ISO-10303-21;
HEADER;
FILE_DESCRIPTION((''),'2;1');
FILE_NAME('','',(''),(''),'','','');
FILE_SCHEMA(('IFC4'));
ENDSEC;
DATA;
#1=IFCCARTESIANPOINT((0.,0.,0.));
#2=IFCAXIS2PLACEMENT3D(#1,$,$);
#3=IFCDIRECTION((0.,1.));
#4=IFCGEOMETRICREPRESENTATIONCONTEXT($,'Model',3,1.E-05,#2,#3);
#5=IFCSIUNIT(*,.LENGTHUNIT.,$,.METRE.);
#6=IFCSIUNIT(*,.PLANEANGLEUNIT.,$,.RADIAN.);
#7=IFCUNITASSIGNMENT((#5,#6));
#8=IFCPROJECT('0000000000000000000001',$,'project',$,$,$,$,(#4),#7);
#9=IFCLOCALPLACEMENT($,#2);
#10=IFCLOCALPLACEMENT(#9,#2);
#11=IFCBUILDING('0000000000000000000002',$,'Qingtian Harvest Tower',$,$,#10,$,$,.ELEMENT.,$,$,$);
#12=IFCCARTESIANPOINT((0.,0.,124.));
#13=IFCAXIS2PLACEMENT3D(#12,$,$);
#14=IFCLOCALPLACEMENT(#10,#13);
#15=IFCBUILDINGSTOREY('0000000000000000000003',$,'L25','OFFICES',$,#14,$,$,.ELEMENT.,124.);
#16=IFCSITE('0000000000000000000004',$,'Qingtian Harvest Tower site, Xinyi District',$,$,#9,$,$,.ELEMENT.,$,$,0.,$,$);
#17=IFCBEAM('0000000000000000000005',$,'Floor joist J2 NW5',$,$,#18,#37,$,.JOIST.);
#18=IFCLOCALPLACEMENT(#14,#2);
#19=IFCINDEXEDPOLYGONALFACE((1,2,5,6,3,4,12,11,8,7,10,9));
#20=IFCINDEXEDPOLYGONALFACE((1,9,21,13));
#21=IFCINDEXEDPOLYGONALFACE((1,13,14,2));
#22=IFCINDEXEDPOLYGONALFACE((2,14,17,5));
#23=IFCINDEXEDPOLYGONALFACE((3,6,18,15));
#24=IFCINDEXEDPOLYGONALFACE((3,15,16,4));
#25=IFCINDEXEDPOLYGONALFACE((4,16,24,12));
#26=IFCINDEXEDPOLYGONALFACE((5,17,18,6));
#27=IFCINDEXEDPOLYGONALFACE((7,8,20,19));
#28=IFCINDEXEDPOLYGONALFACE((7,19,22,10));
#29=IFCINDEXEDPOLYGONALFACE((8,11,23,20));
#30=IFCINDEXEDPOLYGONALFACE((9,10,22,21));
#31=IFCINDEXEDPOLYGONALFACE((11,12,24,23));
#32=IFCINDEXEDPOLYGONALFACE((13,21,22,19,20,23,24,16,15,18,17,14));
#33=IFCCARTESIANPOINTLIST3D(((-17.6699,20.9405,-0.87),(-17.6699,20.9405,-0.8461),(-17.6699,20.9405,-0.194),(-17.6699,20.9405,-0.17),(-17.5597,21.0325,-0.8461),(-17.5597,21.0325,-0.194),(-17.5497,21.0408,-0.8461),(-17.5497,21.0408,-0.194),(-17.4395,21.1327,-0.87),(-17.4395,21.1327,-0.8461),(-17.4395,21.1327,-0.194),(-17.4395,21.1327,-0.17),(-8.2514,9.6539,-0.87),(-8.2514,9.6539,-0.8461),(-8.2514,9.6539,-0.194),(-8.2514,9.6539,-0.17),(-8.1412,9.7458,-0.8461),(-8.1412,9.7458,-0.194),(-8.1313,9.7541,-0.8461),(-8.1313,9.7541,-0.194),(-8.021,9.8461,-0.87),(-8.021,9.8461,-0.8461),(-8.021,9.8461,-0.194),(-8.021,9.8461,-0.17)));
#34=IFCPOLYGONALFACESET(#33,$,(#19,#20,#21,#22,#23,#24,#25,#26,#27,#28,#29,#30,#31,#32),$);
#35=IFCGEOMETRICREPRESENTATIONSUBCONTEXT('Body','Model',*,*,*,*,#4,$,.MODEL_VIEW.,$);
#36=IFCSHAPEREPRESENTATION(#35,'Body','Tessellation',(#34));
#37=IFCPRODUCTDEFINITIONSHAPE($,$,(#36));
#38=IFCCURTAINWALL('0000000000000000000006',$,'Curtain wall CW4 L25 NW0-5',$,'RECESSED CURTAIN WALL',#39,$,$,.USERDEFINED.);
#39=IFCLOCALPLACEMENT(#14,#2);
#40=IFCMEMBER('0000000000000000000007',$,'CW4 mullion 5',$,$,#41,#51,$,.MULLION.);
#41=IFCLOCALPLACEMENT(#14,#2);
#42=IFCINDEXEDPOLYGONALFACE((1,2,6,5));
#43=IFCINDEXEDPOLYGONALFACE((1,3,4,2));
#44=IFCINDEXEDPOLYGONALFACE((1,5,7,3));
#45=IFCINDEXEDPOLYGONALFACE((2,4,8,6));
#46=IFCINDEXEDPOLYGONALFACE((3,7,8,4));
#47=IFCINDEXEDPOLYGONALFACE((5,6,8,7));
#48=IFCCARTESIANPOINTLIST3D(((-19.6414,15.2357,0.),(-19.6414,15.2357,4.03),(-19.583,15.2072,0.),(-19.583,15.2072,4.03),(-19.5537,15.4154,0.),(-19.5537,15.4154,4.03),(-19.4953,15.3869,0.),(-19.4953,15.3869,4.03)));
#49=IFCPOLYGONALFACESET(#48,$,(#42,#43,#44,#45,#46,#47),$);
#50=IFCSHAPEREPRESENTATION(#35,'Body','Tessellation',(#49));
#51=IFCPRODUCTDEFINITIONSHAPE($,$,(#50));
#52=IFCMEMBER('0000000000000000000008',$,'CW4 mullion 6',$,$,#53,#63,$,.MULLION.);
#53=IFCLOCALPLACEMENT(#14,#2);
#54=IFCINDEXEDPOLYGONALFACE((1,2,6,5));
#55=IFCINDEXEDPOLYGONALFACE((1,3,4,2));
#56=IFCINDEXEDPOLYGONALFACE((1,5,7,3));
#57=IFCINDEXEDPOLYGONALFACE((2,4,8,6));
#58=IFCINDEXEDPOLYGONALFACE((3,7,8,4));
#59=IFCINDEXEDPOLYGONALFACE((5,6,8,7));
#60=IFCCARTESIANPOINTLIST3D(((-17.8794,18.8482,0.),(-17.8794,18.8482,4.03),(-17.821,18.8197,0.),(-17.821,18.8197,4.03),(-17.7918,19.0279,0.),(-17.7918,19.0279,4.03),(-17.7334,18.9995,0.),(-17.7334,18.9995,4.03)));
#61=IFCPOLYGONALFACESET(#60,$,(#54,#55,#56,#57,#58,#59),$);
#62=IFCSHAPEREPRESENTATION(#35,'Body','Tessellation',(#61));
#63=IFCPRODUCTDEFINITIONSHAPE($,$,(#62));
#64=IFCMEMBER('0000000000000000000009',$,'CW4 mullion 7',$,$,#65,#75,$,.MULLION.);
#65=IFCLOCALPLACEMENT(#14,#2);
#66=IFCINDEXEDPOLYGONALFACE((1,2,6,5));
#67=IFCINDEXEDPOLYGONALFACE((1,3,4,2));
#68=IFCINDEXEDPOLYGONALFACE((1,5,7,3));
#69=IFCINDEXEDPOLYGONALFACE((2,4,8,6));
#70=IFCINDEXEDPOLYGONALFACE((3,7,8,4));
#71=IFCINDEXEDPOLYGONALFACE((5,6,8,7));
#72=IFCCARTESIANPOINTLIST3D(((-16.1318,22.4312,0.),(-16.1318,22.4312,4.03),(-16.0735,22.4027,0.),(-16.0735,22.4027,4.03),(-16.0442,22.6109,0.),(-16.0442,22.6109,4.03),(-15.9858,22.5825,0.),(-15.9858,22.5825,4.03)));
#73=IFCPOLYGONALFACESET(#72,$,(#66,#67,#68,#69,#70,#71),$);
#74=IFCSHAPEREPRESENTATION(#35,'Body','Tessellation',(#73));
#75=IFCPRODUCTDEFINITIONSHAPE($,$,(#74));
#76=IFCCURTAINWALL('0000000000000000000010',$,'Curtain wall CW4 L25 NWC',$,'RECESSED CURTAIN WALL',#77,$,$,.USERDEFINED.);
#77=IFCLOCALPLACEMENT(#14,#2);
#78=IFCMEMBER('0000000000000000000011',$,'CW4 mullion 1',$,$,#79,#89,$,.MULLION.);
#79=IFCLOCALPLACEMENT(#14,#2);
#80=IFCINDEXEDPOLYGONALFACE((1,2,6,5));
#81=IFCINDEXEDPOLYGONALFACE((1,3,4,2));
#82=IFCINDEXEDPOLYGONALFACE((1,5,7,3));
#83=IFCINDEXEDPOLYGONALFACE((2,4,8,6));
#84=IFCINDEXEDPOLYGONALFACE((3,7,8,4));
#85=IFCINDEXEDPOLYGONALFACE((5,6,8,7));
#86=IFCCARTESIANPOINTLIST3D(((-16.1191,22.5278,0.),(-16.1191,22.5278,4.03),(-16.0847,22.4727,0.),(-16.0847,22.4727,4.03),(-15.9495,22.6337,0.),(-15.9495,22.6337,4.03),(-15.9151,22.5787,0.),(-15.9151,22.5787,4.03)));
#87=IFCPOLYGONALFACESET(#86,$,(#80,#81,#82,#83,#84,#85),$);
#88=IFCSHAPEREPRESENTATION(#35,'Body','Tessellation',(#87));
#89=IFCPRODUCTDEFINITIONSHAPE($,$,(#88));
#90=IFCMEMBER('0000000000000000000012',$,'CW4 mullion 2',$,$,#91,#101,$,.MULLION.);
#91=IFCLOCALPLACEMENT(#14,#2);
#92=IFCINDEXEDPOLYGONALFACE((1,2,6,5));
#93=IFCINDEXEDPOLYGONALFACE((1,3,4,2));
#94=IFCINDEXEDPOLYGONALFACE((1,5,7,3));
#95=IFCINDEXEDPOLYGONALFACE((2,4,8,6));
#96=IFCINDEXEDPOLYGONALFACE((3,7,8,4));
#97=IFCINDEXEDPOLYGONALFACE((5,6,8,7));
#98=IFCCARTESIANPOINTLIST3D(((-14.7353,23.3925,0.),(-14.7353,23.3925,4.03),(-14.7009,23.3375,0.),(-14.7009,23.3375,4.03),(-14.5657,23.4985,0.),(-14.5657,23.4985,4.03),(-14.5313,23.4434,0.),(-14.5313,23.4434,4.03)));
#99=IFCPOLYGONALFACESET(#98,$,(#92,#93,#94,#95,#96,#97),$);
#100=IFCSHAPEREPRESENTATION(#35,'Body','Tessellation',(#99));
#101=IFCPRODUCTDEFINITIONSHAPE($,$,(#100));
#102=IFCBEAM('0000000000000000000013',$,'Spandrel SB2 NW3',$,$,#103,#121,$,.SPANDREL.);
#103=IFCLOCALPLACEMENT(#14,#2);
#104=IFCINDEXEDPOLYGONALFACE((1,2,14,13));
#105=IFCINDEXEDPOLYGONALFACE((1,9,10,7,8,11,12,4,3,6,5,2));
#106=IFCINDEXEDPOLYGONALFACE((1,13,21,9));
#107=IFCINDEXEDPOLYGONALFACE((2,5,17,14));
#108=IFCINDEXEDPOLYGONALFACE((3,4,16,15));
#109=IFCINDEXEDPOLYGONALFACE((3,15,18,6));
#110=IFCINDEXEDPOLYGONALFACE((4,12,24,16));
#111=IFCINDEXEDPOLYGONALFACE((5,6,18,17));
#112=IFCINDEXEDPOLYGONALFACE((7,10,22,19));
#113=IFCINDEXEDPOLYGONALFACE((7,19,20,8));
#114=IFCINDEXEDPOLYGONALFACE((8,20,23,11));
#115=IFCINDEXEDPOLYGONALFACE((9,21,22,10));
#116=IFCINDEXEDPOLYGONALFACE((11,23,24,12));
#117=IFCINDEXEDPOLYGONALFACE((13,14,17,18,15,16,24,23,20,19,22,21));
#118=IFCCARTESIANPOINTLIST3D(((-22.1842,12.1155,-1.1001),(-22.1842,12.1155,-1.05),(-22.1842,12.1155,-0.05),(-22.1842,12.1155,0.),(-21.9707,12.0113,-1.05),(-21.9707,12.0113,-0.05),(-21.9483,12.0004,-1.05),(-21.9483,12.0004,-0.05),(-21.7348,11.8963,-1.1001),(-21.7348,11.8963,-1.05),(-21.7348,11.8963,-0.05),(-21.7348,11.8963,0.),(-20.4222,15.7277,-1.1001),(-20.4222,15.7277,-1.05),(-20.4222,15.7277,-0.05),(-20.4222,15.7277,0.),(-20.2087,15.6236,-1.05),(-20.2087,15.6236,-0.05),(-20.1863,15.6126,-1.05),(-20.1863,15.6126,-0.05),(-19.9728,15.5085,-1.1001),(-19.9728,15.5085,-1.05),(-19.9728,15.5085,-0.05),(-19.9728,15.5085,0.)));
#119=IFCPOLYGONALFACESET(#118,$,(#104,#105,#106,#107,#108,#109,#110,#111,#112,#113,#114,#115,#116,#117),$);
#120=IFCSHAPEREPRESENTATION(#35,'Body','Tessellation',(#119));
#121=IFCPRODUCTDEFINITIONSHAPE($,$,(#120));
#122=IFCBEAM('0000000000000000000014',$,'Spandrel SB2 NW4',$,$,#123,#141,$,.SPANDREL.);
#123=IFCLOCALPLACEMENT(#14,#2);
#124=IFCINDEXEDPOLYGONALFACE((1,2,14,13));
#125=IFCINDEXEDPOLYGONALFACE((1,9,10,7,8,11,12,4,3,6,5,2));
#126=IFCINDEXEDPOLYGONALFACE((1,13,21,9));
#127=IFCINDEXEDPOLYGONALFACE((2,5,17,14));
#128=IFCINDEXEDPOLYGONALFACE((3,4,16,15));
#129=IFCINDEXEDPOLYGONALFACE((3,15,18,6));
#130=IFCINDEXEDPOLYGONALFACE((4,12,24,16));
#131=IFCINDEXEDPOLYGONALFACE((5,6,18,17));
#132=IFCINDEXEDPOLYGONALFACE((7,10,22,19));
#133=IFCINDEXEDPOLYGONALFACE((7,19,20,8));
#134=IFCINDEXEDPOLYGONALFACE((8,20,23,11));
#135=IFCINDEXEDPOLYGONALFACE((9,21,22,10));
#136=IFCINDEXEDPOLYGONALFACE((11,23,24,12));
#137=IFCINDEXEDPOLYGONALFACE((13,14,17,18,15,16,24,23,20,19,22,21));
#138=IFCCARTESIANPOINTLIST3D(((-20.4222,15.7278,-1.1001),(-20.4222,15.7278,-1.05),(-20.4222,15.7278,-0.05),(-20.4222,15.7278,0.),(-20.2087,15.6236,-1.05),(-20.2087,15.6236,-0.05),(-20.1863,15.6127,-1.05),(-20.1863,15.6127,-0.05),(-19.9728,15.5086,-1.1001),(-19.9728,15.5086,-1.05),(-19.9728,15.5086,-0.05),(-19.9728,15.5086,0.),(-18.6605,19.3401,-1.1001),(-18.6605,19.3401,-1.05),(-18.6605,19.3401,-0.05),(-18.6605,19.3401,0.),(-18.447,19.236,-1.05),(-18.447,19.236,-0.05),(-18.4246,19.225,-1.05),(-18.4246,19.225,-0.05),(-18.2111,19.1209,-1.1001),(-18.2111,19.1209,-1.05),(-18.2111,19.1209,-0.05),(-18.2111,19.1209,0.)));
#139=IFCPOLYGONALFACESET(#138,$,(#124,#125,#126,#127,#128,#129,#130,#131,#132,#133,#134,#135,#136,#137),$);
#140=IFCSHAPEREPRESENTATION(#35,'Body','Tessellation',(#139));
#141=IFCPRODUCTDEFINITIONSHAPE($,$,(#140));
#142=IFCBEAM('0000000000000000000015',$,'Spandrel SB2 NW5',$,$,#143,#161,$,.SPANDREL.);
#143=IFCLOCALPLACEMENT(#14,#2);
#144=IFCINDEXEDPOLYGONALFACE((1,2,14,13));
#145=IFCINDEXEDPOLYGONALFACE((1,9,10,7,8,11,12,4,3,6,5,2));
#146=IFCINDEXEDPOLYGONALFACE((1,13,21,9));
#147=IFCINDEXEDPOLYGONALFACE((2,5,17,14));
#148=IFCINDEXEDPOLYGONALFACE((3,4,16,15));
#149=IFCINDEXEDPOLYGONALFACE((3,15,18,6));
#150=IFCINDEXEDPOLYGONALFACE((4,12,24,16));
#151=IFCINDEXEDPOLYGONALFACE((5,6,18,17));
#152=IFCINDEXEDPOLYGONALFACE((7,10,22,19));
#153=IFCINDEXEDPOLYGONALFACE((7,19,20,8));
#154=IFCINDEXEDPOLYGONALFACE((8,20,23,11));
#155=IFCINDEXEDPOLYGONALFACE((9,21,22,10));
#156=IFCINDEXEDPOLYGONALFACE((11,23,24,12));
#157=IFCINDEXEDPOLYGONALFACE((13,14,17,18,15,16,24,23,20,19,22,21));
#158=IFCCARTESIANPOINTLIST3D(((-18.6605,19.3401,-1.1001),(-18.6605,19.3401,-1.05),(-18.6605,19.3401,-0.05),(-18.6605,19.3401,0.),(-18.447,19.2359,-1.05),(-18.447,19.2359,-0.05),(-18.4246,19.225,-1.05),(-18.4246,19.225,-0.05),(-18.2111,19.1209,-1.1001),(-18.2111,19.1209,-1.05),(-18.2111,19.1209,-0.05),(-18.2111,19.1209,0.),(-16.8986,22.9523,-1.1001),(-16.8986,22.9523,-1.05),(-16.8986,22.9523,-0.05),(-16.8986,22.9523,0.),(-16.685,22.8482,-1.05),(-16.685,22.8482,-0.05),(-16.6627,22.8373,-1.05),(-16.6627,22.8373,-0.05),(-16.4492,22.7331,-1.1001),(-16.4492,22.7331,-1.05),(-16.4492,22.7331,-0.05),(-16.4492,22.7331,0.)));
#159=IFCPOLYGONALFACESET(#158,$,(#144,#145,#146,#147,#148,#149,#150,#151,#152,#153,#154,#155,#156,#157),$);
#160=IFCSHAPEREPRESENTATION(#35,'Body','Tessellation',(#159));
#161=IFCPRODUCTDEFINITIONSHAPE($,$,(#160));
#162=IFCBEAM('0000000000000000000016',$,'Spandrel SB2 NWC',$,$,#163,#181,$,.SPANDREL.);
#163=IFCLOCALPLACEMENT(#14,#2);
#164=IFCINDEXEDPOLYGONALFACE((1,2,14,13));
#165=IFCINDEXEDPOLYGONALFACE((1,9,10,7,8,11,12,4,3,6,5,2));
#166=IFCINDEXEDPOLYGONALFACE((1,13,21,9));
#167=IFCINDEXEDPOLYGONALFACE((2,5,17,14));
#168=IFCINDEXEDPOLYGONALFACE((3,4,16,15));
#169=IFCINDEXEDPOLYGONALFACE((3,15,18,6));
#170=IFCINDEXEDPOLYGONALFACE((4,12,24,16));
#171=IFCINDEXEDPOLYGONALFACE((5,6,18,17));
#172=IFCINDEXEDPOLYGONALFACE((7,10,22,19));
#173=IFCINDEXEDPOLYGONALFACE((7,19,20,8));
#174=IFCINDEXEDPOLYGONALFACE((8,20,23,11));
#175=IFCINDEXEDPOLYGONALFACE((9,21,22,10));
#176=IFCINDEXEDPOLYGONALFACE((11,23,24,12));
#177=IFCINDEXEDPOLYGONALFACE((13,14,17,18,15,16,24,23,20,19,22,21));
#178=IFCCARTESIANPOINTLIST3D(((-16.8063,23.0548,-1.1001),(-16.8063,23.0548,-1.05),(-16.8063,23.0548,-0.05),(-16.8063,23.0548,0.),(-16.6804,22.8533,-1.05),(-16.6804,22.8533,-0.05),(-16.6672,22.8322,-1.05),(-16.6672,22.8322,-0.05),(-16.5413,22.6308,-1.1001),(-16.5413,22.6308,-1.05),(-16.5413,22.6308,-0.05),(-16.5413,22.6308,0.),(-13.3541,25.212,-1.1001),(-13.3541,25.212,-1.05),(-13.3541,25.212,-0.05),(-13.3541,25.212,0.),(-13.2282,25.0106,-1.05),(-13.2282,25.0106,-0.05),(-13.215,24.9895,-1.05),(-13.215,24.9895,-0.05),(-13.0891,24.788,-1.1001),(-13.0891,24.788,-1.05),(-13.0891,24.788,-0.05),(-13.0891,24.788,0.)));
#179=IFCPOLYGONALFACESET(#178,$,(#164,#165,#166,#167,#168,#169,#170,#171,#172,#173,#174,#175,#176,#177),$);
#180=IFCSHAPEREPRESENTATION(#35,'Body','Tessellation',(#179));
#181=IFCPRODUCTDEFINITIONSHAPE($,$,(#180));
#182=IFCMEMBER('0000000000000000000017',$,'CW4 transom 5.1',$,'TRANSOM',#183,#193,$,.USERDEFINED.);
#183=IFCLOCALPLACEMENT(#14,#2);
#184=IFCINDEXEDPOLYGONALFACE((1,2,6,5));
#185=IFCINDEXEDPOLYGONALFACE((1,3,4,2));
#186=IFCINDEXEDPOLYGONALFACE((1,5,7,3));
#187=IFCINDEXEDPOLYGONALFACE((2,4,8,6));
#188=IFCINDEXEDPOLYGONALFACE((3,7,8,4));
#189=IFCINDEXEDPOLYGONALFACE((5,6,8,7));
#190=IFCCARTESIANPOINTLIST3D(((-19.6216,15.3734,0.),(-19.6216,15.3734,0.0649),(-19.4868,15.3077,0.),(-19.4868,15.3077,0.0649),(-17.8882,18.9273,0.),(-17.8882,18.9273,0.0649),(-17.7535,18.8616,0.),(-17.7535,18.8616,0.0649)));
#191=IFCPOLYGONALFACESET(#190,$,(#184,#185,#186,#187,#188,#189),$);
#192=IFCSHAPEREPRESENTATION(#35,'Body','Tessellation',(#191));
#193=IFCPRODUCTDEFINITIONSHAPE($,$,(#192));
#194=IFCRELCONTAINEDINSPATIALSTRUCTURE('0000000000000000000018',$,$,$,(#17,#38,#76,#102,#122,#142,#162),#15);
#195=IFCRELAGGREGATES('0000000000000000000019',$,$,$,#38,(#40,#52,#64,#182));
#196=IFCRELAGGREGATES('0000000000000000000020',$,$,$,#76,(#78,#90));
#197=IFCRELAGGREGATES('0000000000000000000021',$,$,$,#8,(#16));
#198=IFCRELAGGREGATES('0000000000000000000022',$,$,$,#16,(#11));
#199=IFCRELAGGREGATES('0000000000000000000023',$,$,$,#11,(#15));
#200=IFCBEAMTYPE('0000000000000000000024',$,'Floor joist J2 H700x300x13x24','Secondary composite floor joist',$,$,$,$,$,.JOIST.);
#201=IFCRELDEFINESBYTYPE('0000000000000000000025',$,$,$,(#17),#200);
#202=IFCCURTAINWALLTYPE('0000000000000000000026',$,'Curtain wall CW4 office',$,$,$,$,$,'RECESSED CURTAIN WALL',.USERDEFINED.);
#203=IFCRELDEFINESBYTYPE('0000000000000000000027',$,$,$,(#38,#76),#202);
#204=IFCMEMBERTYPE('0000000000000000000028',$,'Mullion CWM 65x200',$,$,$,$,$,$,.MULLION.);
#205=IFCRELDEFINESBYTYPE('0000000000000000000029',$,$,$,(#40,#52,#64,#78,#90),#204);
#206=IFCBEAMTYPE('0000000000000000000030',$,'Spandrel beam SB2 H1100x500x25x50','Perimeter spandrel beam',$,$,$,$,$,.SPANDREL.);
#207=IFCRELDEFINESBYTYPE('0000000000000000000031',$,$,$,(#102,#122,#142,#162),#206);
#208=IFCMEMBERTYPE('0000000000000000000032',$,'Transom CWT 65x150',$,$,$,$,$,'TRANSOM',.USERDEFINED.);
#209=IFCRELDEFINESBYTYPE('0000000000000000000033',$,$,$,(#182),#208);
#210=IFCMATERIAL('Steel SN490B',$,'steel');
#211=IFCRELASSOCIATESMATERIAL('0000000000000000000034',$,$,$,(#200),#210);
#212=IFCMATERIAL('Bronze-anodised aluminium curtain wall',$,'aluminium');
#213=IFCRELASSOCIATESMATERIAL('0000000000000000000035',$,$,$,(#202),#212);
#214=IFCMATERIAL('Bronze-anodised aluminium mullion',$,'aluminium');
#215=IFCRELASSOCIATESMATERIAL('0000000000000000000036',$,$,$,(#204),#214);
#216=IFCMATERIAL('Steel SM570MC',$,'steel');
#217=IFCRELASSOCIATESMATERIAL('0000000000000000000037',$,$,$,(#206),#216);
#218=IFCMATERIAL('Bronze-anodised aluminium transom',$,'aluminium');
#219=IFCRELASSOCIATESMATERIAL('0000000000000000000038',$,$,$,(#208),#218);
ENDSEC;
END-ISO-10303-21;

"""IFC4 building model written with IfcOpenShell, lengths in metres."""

from ifc_helpers import new_model, si_unit, direction, frame, origin, origin_2d, place, context, subcontext, project, spatial, rectangle, i_section, extrude, material, material_profile, profile_set, type_object, element, aggregate, save


model = new_model("IFC4")

# Units and contexts
model_context = context("Model", 3, precision=1e-05, world=origin(), true_north=direction((0.0, 1.0)))
body_context = subcontext(model_context, "Body", "Model", "MODEL_VIEW")
ifc_project = project(units=[si_unit("LENGTHUNIT", "METRE"), si_unit("PLANEANGLEUNIT", "RADIAN")], contexts=[model_context])

# Site, building, storey
site_placement = place(None, origin())
site = spatial("IfcSite", under=ifc_project, at=site_placement, Name="Qingtian Harvest Tower site, Xinyi District", CompositionType="ELEMENT", RefElevation=0.0)
building_placement = place(site_placement, origin())
building = spatial("IfcBuilding", under=site, at=building_placement, Name="Qingtian Harvest Tower", CompositionType="ELEMENT")
storey_placement = place(building_placement, frame((0.0, 0.0, 124.0)))
storey = spatial("IfcBuildingStorey", under=building, at=storey_placement, Name="L25", Description="OFFICES", CompositionType="ELEMENT", Elevation=124.0)

# Beam
ifc_material_1 = material(Name="Steel SN490B", Category="steel")
ifc_material_profile_1 = material_profile(ifc_material_1, i_section(OverallWidth=0.3, OverallDepth=0.7, WebThickness=0.0129, FlangeThickness=0.0239, at=origin_2d()), Name="H700x300x13x24")
ifc_profile_set_1 = profile_set([ifc_material_profile_1], Name="Steel SN490B")
beam_type_1 = type_object("IfcBeamType", Name="Floor joist J2 H700x300x13x24", Description="Secondary composite floor joist", PredefinedType="JOIST", material=ifc_profile_set_1)
beam_1_placement = place(storey_placement, frame((-17.5547, 21.0366, -0.52), z_axis=(0.640704, -0.767788, 0.0), x_axis=(0.767788, 0.640704, 0.0)))
element("IfcBeam", 1, at=beam_1_placement, inside=storey, type_object=beam_type_1, Name="Floor joist J2 NW5", PredefinedType="JOIST", context=body_context, shape_type="SweptSolid", body=[
    extrude(i_section(OverallWidth=0.3, OverallDepth=0.7, WebThickness=0.0129, FlangeThickness=0.0239, at=origin_2d()), origin(), (0.0, 0.0, 1.0), 14.7002),
])

# Curtain walls, members
ifc_material_2 = material(Name="Bronze-anodised aluminium curtain wall", Category="aluminium")
curtain_wall_type = type_object("IfcCurtainWallType", Name="Curtain wall CW4 office", ElementType="RECESSED CURTAIN WALL", PredefinedType="USERDEFINED", material=ifc_material_2)
curtain_wall_1_placement = place(storey_placement, origin())
curtain_wall_1 = element("IfcCurtainWall", 2, at=curtain_wall_1_placement, inside=storey, type_object=curtain_wall_type, Name="Curtain wall CW4 L25 NW0-5", ObjectType="RECESSED CURTAIN WALL", PredefinedType="USERDEFINED")
ifc_material_3 = material(Name="Bronze-anodised aluminium mullion", Category="aluminium")
ifc_material_profile_2 = material_profile(ifc_material_3, rectangle(XDim=0.0649, YDim=0.2, at=origin_2d()), Name="AL 65x200")
ifc_profile_set_2 = profile_set([ifc_material_profile_2], Name="Bronze-anodised aluminium mullion")
member_type_1 = type_object("IfcMemberType", Name="Mullion CWM 65x200", PredefinedType="MULLION", material=ifc_profile_set_2)
member_1_placement = place(storey_placement, frame((-19.5684, 15.3113, 0.0), z_axis=(0.0, 0.0, 1.0), x_axis=(-0.898794, 0.438371, 0.0)))
member_1 = element("IfcMember", 3, at=member_1_placement, type_object=member_type_1, Name="CW4 mullion 5", PredefinedType="MULLION", context=body_context, shape_type="SweptSolid", body=[
    extrude(rectangle(XDim=0.0649, YDim=0.2, at=origin_2d()), origin(), (0.0, 0.0, 1.0), 4.03),
])
member_2_placement = place(storey_placement, frame((-17.8064, 18.9238, 0.0), z_axis=(0.0, 0.0, 1.0), x_axis=(-0.898794, 0.438371, 0.0)))
member_2 = element("IfcMember", 4, at=member_2_placement, type_object=member_type_1, Name="CW4 mullion 6", PredefinedType="MULLION", context=body_context, shape_type="SweptSolid", body=[
    extrude(rectangle(XDim=0.0649, YDim=0.2, at=origin_2d()), origin(), (0.0, 0.0, 1.0), 4.03),
])
member_3_placement = place(storey_placement, frame((-16.0588, 22.5068, 0.0), z_axis=(0.0, 0.0, 1.0), x_axis=(-0.898794, 0.438371, 0.0)))
member_3 = element("IfcMember", 5, at=member_3_placement, type_object=member_type_1, Name="CW4 mullion 7", PredefinedType="MULLION", context=body_context, shape_type="SweptSolid", body=[
    extrude(rectangle(XDim=0.0649, YDim=0.2, at=origin_2d()), origin(), (0.0, 0.0, 1.0), 4.03),
])
curtain_wall_2_placement = place(storey_placement, origin())
curtain_wall_2 = element("IfcCurtainWall", 6, at=curtain_wall_2_placement, inside=storey, type_object=curtain_wall_type, Name="Curtain wall CW4 L25 NWC", ObjectType="RECESSED CURTAIN WALL", PredefinedType="USERDEFINED")
member_4_placement = place(storey_placement, frame((-16.0171, 22.5532, 0.0), z_axis=(0.0, 0.0, 1.0), x_axis=(-0.529919, 0.848048, 0.0)))
member_4 = element("IfcMember", 7, at=member_4_placement, type_object=member_type_1, Name="CW4 mullion 1", PredefinedType="MULLION", context=body_context, shape_type="SweptSolid", body=[
    extrude(rectangle(XDim=0.0649, YDim=0.2, at=origin_2d()), origin(), (0.0, 0.0, 1.0), 4.03),
])
member_5_placement = place(storey_placement, frame((-14.6333, 23.418, 0.0), z_axis=(0.0, 0.0, 1.0), x_axis=(-0.529919, 0.848048, 0.0)))
member_5 = element("IfcMember", 8, at=member_5_placement, type_object=member_type_1, Name="CW4 mullion 2", PredefinedType="MULLION", context=body_context, shape_type="SweptSolid", body=[
    extrude(rectangle(XDim=0.0649, YDim=0.2, at=origin_2d()), origin(), (0.0, 0.0, 1.0), 4.03),
])

# Beams
ifc_material_4 = material(Name="Steel SM570MC", Category="steel")
ifc_material_profile_3 = material_profile(ifc_material_4, i_section(OverallWidth=0.5, OverallDepth=1.1001, WebThickness=0.0249, FlangeThickness=0.05, at=origin_2d()), Name="H1100x500x25x50")
ifc_profile_set_3 = profile_set([ifc_material_profile_3], Name="Steel SM570MC")
beam_type_2 = type_object("IfcBeamType", Name="Spandrel beam SB2 H1100x500x25x50", Description="Perimeter spandrel beam", PredefinedType="SPANDREL", material=ifc_profile_set_3)
for number, where, z_axis, x_axis, name in (
    (9, (-21.9595, 12.0059, -0.55), (0.438396, 0.898782, 0.0), (-0.898782, 0.438396, 0.0), "Spandrel SB2 NW3"),
    (10, (-20.1975, 15.6182, -0.55), (0.438347, 0.898806, 0.0), (-0.898806, 0.438347, 0.0), "Spandrel SB2 NW4"),
    (11, (-18.4358, 19.2305, -0.55), (0.438396, 0.898782, 0.0), (-0.898782, 0.438396, 0.0), "Spandrel SB2 NW5"),
):
    element("IfcBeam", number, at=place(storey_placement, frame(where, z_axis=z_axis, x_axis=x_axis)), inside=storey, type_object=beam_type_2, Name=name, PredefinedType="SPANDREL", context=body_context, shape_type="SweptSolid", body=[
        extrude(i_section(OverallWidth=0.5, OverallDepth=1.1001, WebThickness=0.0249, FlangeThickness=0.05, at=origin_2d()), origin(), (0.0, 0.0, 1.0), 4.019),
    ])
beam_2_placement = place(storey_placement, frame((-16.6738, 22.8428, -0.55), z_axis=(0.848039, 0.529934, 0.0), x_axis=(-0.529934, 0.848039, 0.0)))
element("IfcBeam", 12, at=beam_2_placement, inside=storey, type_object=beam_type_2, Name="Spandrel SB2 NWC", PredefinedType="SPANDREL", context=body_context, shape_type="SweptSolid", body=[
    extrude(i_section(OverallWidth=0.5, OverallDepth=1.1001, WebThickness=0.0249, FlangeThickness=0.05, at=origin_2d()), origin(), (0.0, 0.0, 1.0), 4.0708),
])

# Member
ifc_material_5 = material(Name="Bronze-anodised aluminium transom", Category="aluminium")
ifc_material_profile_4 = material_profile(ifc_material_5, rectangle(XDim=0.1499, YDim=0.0649, at=origin_2d()), Name="AL 65x150")
ifc_profile_set_4 = profile_set([ifc_material_profile_4], Name="Bronze-anodised aluminium transom")
member_type_2 = type_object("IfcMemberType", Name="Transom CWT 65x150", ElementType="TRANSOM", PredefinedType="USERDEFINED", material=ifc_profile_set_4)
member_6_placement = place(storey_placement, frame((-19.5542, 15.3406, 0.0325), z_axis=(0.438375, 0.898792, 0.0), x_axis=(-0.898792, 0.438375, 0.0)))
member_6 = element("IfcMember", 13, at=member_6_placement, type_object=member_type_2, Name="CW4 transom 5.1", ObjectType="TRANSOM", PredefinedType="USERDEFINED", context=body_context, shape_type="SweptSolid", body=[
    extrude(rectangle(XDim=0.1499, YDim=0.0649, at=origin_2d()), origin(), (0.0, 0.0, 1.0), 3.9541),
])

aggregate(curtain_wall_1, [member_1, member_2, member_3, member_6])
aggregate(curtain_wall_2, [member_4, member_5])

save(model, "model.ifc")
